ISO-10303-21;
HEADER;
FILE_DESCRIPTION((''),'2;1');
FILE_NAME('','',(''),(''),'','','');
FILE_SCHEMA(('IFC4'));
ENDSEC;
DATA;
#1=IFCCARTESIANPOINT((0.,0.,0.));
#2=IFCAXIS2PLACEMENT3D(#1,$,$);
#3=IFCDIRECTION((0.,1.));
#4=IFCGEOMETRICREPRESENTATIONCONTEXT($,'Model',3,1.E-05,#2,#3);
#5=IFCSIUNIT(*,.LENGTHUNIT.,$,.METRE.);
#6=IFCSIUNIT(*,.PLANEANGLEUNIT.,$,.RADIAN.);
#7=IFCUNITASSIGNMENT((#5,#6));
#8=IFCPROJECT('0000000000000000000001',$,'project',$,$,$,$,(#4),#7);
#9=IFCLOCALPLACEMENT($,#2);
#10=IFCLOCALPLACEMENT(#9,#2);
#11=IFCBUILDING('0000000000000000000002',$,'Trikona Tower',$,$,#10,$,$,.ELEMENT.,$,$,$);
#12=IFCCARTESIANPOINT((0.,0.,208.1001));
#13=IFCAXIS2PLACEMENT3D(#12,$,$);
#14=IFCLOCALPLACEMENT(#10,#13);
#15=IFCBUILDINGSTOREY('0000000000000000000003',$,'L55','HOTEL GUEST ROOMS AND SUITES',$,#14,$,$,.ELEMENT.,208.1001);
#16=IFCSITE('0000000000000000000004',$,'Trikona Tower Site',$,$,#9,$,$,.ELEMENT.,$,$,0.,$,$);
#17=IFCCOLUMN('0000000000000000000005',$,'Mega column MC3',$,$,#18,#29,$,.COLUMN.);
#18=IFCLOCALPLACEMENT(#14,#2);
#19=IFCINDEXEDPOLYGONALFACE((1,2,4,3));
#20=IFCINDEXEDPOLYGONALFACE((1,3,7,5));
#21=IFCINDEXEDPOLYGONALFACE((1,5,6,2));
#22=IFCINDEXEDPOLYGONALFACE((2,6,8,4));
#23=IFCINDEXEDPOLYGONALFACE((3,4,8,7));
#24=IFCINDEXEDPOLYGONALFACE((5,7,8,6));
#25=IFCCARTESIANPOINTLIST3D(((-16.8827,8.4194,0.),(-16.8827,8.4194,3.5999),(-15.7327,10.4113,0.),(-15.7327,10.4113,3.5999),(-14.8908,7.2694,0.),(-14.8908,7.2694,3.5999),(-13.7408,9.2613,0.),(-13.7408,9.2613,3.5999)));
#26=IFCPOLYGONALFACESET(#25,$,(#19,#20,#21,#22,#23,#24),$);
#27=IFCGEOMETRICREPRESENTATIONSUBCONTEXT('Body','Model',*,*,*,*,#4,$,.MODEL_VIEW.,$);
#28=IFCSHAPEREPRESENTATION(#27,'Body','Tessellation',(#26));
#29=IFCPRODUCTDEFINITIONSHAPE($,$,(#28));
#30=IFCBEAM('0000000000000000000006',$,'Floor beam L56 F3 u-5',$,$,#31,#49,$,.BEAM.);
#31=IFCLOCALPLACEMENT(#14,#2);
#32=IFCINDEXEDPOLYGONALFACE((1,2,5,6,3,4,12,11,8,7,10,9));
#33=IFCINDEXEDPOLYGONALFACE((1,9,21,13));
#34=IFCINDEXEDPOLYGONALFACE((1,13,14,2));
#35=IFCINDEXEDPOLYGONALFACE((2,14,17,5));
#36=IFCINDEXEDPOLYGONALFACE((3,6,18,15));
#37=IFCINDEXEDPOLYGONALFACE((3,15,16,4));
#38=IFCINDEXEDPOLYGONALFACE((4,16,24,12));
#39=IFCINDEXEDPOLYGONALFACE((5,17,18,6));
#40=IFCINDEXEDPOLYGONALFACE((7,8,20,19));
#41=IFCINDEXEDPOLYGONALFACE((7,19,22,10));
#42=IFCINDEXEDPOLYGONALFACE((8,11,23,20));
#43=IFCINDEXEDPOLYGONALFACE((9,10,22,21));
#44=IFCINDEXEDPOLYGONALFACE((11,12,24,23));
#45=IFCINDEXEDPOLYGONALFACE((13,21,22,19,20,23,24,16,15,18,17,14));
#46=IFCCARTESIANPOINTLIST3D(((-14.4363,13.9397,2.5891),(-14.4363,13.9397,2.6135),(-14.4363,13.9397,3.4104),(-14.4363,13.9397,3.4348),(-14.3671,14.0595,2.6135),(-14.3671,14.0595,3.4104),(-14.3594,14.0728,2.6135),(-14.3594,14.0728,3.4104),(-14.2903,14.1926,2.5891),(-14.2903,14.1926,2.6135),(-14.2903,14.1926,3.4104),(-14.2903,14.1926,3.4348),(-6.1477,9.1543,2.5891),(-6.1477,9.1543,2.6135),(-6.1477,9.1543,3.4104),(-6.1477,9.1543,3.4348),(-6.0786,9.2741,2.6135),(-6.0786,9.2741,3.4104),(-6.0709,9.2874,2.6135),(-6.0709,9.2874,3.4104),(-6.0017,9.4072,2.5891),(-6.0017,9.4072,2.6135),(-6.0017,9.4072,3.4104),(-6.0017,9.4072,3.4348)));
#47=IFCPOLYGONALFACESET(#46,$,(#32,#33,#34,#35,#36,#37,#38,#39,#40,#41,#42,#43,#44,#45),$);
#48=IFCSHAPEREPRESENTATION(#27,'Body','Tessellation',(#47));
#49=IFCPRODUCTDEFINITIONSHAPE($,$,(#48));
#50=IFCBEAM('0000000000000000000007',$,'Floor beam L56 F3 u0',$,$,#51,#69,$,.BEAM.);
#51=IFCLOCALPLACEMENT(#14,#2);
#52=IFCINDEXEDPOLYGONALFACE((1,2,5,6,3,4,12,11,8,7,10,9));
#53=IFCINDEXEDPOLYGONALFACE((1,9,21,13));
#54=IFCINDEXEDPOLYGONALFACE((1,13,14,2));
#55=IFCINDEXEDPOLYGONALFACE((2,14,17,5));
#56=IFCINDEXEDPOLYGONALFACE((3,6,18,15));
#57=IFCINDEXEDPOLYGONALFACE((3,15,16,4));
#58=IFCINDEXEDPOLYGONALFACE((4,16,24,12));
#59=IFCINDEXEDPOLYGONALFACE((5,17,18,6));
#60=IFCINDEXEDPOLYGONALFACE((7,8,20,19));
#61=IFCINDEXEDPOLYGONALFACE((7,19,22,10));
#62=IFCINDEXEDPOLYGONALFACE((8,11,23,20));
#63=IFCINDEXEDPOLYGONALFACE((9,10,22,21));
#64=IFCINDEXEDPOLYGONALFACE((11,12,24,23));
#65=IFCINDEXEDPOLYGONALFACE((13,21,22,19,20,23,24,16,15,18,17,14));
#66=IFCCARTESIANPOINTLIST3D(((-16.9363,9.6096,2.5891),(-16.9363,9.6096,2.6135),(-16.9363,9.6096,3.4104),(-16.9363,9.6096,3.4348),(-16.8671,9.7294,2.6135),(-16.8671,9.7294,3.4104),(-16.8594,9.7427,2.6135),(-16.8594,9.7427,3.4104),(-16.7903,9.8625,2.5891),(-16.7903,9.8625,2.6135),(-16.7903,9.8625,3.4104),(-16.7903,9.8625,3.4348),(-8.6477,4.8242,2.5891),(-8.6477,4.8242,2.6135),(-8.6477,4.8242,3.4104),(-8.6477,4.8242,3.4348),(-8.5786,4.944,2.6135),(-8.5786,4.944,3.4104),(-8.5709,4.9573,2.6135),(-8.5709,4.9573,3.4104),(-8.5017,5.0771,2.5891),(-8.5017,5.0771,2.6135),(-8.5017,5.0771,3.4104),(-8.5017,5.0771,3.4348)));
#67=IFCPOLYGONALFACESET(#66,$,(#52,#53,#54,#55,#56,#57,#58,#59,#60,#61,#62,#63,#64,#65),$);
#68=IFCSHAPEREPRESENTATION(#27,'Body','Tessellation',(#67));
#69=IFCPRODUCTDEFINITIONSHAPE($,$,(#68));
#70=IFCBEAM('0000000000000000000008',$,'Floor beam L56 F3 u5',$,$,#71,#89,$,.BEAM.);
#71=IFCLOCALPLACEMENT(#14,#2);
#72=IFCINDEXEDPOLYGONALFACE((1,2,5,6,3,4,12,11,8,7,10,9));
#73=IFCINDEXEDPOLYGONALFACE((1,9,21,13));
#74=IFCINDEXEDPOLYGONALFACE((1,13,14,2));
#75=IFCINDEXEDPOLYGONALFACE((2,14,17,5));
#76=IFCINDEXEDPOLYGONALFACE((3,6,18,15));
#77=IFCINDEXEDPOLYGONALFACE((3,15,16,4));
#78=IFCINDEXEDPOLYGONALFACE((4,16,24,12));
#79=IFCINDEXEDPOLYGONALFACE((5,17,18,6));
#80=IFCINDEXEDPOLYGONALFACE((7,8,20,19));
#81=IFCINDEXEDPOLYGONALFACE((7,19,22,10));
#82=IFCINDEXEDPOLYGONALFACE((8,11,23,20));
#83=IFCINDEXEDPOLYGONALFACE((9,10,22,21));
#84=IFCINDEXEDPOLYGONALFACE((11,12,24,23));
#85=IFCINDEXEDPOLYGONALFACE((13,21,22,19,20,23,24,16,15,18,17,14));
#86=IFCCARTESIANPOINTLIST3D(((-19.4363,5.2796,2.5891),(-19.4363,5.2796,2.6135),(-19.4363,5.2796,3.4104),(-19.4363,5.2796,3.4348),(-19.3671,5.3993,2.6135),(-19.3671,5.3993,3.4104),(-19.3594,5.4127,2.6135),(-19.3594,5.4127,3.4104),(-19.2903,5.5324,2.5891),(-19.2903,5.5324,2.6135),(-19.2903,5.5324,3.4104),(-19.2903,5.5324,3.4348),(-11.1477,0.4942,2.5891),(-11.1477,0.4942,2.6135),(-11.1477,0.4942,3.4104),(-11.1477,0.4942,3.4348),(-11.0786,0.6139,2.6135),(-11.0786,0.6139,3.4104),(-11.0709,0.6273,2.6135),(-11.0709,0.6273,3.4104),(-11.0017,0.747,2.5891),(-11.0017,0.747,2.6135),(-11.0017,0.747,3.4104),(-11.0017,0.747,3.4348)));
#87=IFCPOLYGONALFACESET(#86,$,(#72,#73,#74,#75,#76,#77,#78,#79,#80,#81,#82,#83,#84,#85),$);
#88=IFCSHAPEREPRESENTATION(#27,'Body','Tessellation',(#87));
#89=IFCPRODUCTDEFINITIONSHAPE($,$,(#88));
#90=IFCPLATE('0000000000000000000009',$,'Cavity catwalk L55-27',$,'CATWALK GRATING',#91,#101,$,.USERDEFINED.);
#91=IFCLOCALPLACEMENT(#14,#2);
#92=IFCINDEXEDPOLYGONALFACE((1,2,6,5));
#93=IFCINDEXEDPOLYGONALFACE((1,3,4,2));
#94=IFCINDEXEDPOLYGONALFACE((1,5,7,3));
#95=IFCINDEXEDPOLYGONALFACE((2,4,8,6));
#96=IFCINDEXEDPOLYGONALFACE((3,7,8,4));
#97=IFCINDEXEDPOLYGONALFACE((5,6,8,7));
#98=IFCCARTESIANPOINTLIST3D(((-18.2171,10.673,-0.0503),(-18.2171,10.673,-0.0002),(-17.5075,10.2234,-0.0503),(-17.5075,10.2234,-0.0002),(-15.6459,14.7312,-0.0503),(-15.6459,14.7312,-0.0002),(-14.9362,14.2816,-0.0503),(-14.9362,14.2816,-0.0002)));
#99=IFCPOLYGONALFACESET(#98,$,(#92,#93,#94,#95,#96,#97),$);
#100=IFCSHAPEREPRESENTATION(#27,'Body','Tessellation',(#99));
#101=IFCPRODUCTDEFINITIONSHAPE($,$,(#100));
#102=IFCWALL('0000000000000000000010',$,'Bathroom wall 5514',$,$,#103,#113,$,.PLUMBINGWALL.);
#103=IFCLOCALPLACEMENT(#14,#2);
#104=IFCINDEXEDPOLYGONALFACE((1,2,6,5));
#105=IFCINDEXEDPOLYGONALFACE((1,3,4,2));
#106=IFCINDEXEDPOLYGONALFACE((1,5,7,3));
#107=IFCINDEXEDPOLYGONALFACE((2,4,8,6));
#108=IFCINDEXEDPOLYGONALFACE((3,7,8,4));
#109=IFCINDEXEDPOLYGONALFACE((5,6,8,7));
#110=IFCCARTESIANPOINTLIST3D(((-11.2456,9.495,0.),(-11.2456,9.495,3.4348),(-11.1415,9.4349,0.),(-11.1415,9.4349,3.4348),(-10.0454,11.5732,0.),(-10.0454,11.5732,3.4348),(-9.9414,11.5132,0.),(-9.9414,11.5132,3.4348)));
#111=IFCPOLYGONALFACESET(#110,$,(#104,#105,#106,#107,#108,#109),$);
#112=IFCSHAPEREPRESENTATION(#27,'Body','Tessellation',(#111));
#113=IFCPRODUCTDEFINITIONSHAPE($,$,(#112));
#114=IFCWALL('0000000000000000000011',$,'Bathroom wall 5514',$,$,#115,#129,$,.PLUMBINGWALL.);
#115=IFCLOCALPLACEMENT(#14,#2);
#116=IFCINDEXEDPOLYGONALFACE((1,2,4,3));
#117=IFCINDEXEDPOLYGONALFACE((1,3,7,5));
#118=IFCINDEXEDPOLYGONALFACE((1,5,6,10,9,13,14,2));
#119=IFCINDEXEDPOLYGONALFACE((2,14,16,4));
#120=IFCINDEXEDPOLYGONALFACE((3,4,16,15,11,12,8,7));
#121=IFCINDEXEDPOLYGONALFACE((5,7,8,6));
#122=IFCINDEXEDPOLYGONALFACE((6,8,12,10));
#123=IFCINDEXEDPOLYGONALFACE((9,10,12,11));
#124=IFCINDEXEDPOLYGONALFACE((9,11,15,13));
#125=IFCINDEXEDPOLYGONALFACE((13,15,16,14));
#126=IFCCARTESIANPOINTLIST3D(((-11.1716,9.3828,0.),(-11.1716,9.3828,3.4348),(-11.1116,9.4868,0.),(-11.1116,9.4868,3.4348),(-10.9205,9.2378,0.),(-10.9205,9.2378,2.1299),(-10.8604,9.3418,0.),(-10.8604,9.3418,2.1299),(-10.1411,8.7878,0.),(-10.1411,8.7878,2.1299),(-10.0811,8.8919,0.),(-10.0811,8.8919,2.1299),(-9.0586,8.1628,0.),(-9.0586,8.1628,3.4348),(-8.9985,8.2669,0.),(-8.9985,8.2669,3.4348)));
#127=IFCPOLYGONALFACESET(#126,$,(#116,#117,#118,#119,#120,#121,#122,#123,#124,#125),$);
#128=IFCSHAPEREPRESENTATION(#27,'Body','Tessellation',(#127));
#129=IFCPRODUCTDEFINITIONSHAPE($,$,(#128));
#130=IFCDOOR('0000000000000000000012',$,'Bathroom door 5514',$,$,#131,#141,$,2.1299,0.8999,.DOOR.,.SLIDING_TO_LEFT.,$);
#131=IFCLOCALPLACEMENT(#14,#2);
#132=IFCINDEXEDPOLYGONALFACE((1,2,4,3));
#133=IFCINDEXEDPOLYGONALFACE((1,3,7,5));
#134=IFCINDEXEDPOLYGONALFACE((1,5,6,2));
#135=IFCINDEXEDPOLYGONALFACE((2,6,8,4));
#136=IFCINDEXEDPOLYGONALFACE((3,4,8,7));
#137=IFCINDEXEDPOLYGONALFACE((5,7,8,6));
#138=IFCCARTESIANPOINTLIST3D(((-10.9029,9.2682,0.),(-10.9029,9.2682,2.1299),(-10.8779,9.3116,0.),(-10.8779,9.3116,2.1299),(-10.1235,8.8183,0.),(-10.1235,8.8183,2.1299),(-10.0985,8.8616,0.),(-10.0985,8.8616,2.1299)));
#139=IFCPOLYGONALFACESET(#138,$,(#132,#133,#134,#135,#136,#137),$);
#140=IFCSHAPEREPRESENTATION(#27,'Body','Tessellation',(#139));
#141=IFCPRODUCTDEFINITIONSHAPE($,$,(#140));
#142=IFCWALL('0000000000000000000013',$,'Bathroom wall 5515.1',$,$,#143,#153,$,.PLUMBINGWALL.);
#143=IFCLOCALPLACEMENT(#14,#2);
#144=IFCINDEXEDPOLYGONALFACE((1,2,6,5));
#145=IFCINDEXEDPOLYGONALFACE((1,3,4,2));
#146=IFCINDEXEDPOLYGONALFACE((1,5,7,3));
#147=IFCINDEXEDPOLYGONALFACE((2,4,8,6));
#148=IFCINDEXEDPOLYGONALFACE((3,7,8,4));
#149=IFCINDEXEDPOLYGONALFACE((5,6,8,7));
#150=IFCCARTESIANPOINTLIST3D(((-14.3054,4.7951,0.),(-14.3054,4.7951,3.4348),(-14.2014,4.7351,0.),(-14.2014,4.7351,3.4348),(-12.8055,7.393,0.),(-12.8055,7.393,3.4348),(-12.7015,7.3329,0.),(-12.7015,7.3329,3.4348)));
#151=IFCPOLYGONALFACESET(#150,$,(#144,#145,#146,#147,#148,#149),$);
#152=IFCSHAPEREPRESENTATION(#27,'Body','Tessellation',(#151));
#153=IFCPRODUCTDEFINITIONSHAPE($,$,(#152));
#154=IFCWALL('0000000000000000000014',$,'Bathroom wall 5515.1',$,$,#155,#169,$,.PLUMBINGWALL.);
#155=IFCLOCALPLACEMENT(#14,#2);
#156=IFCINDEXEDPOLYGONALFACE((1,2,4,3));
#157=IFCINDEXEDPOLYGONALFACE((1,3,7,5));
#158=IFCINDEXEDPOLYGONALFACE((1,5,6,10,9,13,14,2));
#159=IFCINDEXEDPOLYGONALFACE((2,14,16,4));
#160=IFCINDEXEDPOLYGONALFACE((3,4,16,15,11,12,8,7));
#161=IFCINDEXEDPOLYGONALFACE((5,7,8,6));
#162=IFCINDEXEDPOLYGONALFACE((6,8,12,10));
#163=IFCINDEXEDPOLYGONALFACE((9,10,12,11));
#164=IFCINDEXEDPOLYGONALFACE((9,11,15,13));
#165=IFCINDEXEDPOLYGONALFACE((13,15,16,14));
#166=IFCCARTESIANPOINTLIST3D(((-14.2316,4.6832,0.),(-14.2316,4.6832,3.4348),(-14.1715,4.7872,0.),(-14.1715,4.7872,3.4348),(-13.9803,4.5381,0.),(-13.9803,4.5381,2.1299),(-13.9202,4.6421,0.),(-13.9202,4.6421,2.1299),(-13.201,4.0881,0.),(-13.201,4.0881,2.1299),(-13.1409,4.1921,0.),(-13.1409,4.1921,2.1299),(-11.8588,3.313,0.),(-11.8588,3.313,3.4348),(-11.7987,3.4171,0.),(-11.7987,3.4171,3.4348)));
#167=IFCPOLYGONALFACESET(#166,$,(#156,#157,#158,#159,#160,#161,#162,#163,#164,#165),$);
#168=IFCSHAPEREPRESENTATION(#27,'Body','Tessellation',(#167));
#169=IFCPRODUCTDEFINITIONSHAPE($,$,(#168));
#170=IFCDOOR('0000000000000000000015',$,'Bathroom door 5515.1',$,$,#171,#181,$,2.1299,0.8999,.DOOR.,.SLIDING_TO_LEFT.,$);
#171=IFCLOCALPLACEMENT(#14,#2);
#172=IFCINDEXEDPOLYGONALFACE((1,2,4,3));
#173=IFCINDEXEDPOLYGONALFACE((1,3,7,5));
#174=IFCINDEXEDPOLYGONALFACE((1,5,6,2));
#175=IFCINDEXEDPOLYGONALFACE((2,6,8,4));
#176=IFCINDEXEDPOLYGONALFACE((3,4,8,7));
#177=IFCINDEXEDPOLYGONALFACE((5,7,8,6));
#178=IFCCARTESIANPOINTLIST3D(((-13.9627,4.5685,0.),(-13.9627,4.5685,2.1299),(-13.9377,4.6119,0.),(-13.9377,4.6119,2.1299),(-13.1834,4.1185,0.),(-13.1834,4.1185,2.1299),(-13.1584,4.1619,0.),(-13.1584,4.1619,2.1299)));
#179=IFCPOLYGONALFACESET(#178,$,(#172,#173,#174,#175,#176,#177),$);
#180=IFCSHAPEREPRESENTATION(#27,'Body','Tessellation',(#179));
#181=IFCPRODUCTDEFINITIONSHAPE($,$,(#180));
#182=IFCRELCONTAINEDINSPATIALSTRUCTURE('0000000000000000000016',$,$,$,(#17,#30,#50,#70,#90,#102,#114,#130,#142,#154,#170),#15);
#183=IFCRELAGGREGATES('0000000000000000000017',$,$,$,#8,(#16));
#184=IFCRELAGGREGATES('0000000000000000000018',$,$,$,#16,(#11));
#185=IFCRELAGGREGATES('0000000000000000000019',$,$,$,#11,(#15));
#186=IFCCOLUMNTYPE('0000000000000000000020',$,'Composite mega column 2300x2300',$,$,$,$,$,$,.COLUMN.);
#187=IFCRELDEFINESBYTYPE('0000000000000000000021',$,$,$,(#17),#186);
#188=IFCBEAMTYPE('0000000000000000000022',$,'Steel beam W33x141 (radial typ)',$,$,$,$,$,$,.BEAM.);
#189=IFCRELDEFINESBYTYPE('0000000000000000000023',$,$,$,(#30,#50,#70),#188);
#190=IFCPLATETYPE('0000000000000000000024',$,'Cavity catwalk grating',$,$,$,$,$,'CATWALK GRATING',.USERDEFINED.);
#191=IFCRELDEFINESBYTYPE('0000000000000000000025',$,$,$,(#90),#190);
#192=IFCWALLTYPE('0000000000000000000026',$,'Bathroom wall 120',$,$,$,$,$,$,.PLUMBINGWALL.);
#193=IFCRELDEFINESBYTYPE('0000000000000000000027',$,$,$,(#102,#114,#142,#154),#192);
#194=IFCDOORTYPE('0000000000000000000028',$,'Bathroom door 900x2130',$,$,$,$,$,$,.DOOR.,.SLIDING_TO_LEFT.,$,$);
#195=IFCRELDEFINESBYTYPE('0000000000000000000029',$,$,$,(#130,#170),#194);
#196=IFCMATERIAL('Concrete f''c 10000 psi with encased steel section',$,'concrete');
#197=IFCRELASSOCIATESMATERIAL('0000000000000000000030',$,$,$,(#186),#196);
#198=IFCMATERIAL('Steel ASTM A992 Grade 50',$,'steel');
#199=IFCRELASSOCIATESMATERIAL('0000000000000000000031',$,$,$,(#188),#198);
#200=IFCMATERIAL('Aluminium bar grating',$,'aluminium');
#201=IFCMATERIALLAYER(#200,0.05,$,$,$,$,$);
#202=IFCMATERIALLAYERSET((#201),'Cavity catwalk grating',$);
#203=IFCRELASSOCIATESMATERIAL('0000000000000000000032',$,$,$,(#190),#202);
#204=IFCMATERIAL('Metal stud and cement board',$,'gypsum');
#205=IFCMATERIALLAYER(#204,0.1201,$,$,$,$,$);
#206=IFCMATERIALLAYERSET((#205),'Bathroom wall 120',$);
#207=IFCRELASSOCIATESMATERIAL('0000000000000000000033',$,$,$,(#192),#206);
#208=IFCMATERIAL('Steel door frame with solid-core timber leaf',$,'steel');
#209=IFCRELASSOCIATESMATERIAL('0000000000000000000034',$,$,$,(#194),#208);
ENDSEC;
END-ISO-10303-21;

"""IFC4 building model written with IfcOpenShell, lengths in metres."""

from ifc_helpers import new_model, si_unit, direction, frame, frame_2d, origin, origin_2d, place, context, subcontext, project, spatial, rectangle, i_section, extrude, material, layer, layer_set, material_profile, profile_set, type_object, element, fill, save


model = new_model("IFC4")

# Units and contexts
model_context = context("Model", 3, precision=1e-05, world=origin(), true_north=direction((0.0, 1.0)))
body_context = subcontext(model_context, "Body", "Model", "MODEL_VIEW")
ifc_project = project(units=[si_unit("LENGTHUNIT", "METRE"), si_unit("PLANEANGLEUNIT", "RADIAN")], contexts=[model_context])

# Site, building, storey
site_placement = place(None, origin())
site = spatial("IfcSite", under=ifc_project, at=site_placement, Name="Trikona Tower Site", CompositionType="ELEMENT", RefElevation=0.0)
building_placement = place(site_placement, origin())
building = spatial("IfcBuilding", under=site, at=building_placement, Name="Trikona Tower", CompositionType="ELEMENT")
storey_placement = place(building_placement, frame((0.0, 0.0, 208.1001)))
storey = spatial("IfcBuildingStorey", under=building, at=storey_placement, Name="L55", Description="HOTEL GUEST ROOMS AND SUITES", CompositionType="ELEMENT", Elevation=208.1001)

# Column
ifc_material_1 = material(Name="Concrete f'c 10000 psi with encased steel section", Category="concrete")
ifc_material_profile_1 = material_profile(ifc_material_1, rectangle(XDim=2.3, YDim=2.3, at=origin_2d()), Name="MC2300")
ifc_profile_set_1 = profile_set([ifc_material_profile_1], Name="Concrete f'c 10000 psi with encased steel section")
column_type = type_object("IfcColumnType", Name="Composite mega column 2300x2300", PredefinedType="COLUMN", material=ifc_profile_set_1)
column_placement = place(storey_placement, frame((-15.3118, 8.8403, 0.0), z_axis=(0.0, 0.0, 1.0), x_axis=(-0.866025, 0.5, 0.0)))
element("IfcColumn", 1, at=column_placement, inside=storey, type_object=column_type, Name="Mega column MC3", PredefinedType="COLUMN", context=body_context, shape_type="SweptSolid", body=[
    extrude(rectangle(XDim=2.3, YDim=2.3, at=origin_2d()), origin(), (0.0, 0.0, 1.0), 3.5999),
])

# Beams
ifc_material_2 = material(Name="Steel ASTM A992 Grade 50", Category="steel")
ifc_material_profile_2 = material_profile(ifc_material_2, i_section(OverallWidth=0.292, OverallDepth=0.8457, WebThickness=0.0154, FlangeThickness=0.0244, at=origin_2d()), Name="W33X141")
ifc_profile_set_2 = profile_set([ifc_material_profile_2], Name="Steel ASTM A992 Grade 50")
beam_type = type_object("IfcBeamType", Name="Steel beam W33x141 (radial typ)", PredefinedType="BEAM", material=ifc_profile_set_2)
for number, where, z_axis, x_axis, name in (
    (2, (-6.0747, 9.2808, 3.012), (-0.866026, 0.499999, 0.0), (-0.499999, -0.866026, 0.0), "Floor beam L56 F3 u-5"),
    (3, (-8.5747, 4.9507, 3.012), (-0.866026, 0.499999, 0.0), (-0.499999, -0.866026, 0.0), "Floor beam L56 F3 u0"),
    (4, (-11.0747, 0.6206, 3.012), (-0.866026, 0.499999, 0.0), (-0.499999, -0.866026, 0.0), "Floor beam L56 F3 u5"),
):
    element("IfcBeam", number, at=place(storey_placement, frame(where, z_axis=z_axis, x_axis=x_axis)), inside=storey, type_object=beam_type, Name=name, PredefinedType="BEAM", context=body_context, shape_type="SweptSolid", body=[
        extrude(i_section(OverallWidth=0.292, OverallDepth=0.8457, WebThickness=0.0154, FlangeThickness=0.0244, at=origin_2d()), origin(), (0.0, 0.0, 1.0), 9.5708),
    ])

# Plate
ifc_material_3 = material(Name="Aluminium bar grating", Category="aluminium")
ifc_layer_1 = layer(ifc_material_3, 0.05)
ifc_layer_set_1 = layer_set([ifc_layer_1], Name="Cavity catwalk grating")
plate_type = type_object("IfcPlateType", Name="Cavity catwalk grating", ElementType="CATWALK GRATING", PredefinedType="USERDEFINED", material=ifc_layer_set_1)
plate_placement = place(storey_placement, frame((-16.5767, 12.4773, -0.0503), z_axis=(0.0, 0.0, 1.0), x_axis=(-0.535205, -0.844722, 0.0)))
element("IfcPlate", 5, at=plate_placement, inside=storey, type_object=plate_type, Name="Cavity catwalk L55-27", ObjectType="CATWALK GRATING", PredefinedType="USERDEFINED", context=body_context, shape_type="SweptSolid", body=[
    extrude(rectangle(XDim=4.8042, YDim=0.8401, at=origin_2d()), origin(), (0.0, 0.0, 1.0), 0.05),
])

# Wall
ifc_material_4 = material(Name="Metal stud and cement board", Category="gypsum")
ifc_layer_2 = layer(ifc_material_4, 0.1201)
ifc_layer_set_2 = layer_set([ifc_layer_2], Name="Bathroom wall 120")
wall_type_1 = type_object("IfcWallType", Name="Bathroom wall 120", PredefinedType="PLUMBINGWALL", material=ifc_layer_set_2)
wall_1_placement = place(storey_placement, frame((-9.9934, 11.5432, 0.0), z_axis=(0.0, 0.0, 1.0), x_axis=(-0.500078, -0.865981, 0.0)))
element("IfcWall", 6, at=wall_1_placement, inside=storey, type_object=wall_type_1, Name="Bathroom wall 5514", PredefinedType="PLUMBINGWALL", context=body_context, shape_type="SweptSolid", body=[
    extrude(rectangle(XDim=2.3999, YDim=0.1201, at=frame_2d((1.2, 0.0))), origin(), (0.0, 0.0, 1.0), 3.4348),
])

# Wall, opening, door
wall_2_placement = place(storey_placement, frame((-9.0286, 8.2148, 0.0), z_axis=(0.0, 0.0, 1.0), x_axis=(-0.866024, 0.500003, 0.0)))
wall_2 = element("IfcWall", 7, at=wall_2_placement, inside=storey, type_object=wall_type_1, Name="Bathroom wall 5514", PredefinedType="PLUMBINGWALL", context=body_context, shape_type="SweptSolid", body=[
    extrude(rectangle(XDim=2.4399, YDim=0.1201, at=frame_2d((1.22, 0.0))), origin(), (0.0, 0.0, 1.0), 3.4348),
])
opening_1_placement = place(wall_2_placement, frame((1.25, 0.0, 0.0)))
opening_1 = element("IfcOpeningElement", 8, at=opening_1_placement, cuts=wall_2, PredefinedType="OPENING", context=body_context, shape_type="SweptSolid", body=[
    extrude(rectangle(XDim=0.8999, YDim=2.1299, at=frame_2d((0.45, 1.0649))), frame((0.0, 0.0701, 0.0), z_axis=(0.0, -1.0, 0.0), x_axis=(1.0, 0.0, 0.0)), (0.0, 0.0, 1.0), 0.1401),
])
ifc_material_5 = material(Name="Steel door frame with solid-core timber leaf", Category="steel")
door_type_1 = type_object("IfcDoorType", Name="Bathroom door 900x2130", OperationType="SLIDING_TO_LEFT", PredefinedType="DOOR", material=ifc_material_5)
door_1_placement = place(opening_1_placement, origin())
door_1 = element("IfcDoor", 9, at=door_1_placement, inside=storey, type_object=door_type_1, Name="Bathroom door 5514", OperationType="SLIDING_TO_LEFT", OverallHeight=2.1299, OverallWidth=0.8999, PredefinedType="DOOR", context=body_context, shape_type="SweptSolid", body=[
    extrude(rectangle(XDim=0.8999, YDim=2.1299, at=frame_2d((0.45, 1.0649))), frame((0.0, 0.0249, 0.0), z_axis=(0.0, -1.0, 0.0), x_axis=(1.0, 0.0, 0.0)), (0.0, 0.0, 1.0), 0.05),
])
fill(opening_1, door_1)

# Wall
wall_3_placement = place(storey_placement, frame((-12.7534, 7.363, 0.0), z_axis=(0.0, 0.0, 1.0), x_axis=(-0.500025, -0.866011, 0.0)))
element("IfcWall", 10, at=wall_3_placement, inside=storey, type_object=wall_type_1, Name="Bathroom wall 5515.1", PredefinedType="PLUMBINGWALL", context=body_context, shape_type="SweptSolid", body=[
    extrude(rectangle(XDim=2.9998, YDim=0.1201, at=frame_2d((1.5, 0.0))), origin(), (0.0, 0.0, 1.0), 3.4348),
])

# Wall, opening, door
wall_4_placement = place(storey_placement, frame((-11.8286, 3.365, 0.0), z_axis=(0.0, 0.0, 1.0), x_axis=(-0.865997, 0.500049, 0.0)))
wall_4 = element("IfcWall", 11, at=wall_4_placement, inside=storey, type_object=wall_type_1, Name="Bathroom wall 5515.1", PredefinedType="PLUMBINGWALL", context=body_context, shape_type="SweptSolid", body=[
    extrude(rectangle(XDim=2.74, YDim=0.1201, at=frame_2d((1.3701, 0.0))), origin(), (0.0, 0.0, 1.0), 3.4348),
])
opening_2_placement = place(wall_4_placement, frame((1.55, 0.0, 0.0)))
opening_2 = element("IfcOpeningElement", 12, at=opening_2_placement, cuts=wall_4, PredefinedType="OPENING", context=body_context, shape_type="SweptSolid", body=[
    extrude(rectangle(XDim=0.8999, YDim=2.1299, at=frame_2d((0.45, 1.0649))), frame((0.0, 0.0701, 0.0), z_axis=(0.0, -1.0, 0.0), x_axis=(1.0, 0.0, 0.0)), (0.0, 0.0, 1.0), 0.1401),
])
door_2_placement = place(opening_2_placement, origin())
door_2 = element("IfcDoor", 13, at=door_2_placement, inside=storey, type_object=door_type_1, Name="Bathroom door 5515.1", OperationType="SLIDING_TO_LEFT", OverallHeight=2.1299, OverallWidth=0.8999, PredefinedType="DOOR", context=body_context, shape_type="SweptSolid", body=[
    extrude(rectangle(XDim=0.8999, YDim=2.1299, at=frame_2d((0.45, 1.0649))), frame((0.0, 0.0249, 0.0), z_axis=(0.0, -1.0, 0.0), x_axis=(1.0, 0.0, 0.0)), (0.0, 0.0, 1.0), 0.05),
])
fill(opening_2, door_2)

save(model, "model.ifc")
